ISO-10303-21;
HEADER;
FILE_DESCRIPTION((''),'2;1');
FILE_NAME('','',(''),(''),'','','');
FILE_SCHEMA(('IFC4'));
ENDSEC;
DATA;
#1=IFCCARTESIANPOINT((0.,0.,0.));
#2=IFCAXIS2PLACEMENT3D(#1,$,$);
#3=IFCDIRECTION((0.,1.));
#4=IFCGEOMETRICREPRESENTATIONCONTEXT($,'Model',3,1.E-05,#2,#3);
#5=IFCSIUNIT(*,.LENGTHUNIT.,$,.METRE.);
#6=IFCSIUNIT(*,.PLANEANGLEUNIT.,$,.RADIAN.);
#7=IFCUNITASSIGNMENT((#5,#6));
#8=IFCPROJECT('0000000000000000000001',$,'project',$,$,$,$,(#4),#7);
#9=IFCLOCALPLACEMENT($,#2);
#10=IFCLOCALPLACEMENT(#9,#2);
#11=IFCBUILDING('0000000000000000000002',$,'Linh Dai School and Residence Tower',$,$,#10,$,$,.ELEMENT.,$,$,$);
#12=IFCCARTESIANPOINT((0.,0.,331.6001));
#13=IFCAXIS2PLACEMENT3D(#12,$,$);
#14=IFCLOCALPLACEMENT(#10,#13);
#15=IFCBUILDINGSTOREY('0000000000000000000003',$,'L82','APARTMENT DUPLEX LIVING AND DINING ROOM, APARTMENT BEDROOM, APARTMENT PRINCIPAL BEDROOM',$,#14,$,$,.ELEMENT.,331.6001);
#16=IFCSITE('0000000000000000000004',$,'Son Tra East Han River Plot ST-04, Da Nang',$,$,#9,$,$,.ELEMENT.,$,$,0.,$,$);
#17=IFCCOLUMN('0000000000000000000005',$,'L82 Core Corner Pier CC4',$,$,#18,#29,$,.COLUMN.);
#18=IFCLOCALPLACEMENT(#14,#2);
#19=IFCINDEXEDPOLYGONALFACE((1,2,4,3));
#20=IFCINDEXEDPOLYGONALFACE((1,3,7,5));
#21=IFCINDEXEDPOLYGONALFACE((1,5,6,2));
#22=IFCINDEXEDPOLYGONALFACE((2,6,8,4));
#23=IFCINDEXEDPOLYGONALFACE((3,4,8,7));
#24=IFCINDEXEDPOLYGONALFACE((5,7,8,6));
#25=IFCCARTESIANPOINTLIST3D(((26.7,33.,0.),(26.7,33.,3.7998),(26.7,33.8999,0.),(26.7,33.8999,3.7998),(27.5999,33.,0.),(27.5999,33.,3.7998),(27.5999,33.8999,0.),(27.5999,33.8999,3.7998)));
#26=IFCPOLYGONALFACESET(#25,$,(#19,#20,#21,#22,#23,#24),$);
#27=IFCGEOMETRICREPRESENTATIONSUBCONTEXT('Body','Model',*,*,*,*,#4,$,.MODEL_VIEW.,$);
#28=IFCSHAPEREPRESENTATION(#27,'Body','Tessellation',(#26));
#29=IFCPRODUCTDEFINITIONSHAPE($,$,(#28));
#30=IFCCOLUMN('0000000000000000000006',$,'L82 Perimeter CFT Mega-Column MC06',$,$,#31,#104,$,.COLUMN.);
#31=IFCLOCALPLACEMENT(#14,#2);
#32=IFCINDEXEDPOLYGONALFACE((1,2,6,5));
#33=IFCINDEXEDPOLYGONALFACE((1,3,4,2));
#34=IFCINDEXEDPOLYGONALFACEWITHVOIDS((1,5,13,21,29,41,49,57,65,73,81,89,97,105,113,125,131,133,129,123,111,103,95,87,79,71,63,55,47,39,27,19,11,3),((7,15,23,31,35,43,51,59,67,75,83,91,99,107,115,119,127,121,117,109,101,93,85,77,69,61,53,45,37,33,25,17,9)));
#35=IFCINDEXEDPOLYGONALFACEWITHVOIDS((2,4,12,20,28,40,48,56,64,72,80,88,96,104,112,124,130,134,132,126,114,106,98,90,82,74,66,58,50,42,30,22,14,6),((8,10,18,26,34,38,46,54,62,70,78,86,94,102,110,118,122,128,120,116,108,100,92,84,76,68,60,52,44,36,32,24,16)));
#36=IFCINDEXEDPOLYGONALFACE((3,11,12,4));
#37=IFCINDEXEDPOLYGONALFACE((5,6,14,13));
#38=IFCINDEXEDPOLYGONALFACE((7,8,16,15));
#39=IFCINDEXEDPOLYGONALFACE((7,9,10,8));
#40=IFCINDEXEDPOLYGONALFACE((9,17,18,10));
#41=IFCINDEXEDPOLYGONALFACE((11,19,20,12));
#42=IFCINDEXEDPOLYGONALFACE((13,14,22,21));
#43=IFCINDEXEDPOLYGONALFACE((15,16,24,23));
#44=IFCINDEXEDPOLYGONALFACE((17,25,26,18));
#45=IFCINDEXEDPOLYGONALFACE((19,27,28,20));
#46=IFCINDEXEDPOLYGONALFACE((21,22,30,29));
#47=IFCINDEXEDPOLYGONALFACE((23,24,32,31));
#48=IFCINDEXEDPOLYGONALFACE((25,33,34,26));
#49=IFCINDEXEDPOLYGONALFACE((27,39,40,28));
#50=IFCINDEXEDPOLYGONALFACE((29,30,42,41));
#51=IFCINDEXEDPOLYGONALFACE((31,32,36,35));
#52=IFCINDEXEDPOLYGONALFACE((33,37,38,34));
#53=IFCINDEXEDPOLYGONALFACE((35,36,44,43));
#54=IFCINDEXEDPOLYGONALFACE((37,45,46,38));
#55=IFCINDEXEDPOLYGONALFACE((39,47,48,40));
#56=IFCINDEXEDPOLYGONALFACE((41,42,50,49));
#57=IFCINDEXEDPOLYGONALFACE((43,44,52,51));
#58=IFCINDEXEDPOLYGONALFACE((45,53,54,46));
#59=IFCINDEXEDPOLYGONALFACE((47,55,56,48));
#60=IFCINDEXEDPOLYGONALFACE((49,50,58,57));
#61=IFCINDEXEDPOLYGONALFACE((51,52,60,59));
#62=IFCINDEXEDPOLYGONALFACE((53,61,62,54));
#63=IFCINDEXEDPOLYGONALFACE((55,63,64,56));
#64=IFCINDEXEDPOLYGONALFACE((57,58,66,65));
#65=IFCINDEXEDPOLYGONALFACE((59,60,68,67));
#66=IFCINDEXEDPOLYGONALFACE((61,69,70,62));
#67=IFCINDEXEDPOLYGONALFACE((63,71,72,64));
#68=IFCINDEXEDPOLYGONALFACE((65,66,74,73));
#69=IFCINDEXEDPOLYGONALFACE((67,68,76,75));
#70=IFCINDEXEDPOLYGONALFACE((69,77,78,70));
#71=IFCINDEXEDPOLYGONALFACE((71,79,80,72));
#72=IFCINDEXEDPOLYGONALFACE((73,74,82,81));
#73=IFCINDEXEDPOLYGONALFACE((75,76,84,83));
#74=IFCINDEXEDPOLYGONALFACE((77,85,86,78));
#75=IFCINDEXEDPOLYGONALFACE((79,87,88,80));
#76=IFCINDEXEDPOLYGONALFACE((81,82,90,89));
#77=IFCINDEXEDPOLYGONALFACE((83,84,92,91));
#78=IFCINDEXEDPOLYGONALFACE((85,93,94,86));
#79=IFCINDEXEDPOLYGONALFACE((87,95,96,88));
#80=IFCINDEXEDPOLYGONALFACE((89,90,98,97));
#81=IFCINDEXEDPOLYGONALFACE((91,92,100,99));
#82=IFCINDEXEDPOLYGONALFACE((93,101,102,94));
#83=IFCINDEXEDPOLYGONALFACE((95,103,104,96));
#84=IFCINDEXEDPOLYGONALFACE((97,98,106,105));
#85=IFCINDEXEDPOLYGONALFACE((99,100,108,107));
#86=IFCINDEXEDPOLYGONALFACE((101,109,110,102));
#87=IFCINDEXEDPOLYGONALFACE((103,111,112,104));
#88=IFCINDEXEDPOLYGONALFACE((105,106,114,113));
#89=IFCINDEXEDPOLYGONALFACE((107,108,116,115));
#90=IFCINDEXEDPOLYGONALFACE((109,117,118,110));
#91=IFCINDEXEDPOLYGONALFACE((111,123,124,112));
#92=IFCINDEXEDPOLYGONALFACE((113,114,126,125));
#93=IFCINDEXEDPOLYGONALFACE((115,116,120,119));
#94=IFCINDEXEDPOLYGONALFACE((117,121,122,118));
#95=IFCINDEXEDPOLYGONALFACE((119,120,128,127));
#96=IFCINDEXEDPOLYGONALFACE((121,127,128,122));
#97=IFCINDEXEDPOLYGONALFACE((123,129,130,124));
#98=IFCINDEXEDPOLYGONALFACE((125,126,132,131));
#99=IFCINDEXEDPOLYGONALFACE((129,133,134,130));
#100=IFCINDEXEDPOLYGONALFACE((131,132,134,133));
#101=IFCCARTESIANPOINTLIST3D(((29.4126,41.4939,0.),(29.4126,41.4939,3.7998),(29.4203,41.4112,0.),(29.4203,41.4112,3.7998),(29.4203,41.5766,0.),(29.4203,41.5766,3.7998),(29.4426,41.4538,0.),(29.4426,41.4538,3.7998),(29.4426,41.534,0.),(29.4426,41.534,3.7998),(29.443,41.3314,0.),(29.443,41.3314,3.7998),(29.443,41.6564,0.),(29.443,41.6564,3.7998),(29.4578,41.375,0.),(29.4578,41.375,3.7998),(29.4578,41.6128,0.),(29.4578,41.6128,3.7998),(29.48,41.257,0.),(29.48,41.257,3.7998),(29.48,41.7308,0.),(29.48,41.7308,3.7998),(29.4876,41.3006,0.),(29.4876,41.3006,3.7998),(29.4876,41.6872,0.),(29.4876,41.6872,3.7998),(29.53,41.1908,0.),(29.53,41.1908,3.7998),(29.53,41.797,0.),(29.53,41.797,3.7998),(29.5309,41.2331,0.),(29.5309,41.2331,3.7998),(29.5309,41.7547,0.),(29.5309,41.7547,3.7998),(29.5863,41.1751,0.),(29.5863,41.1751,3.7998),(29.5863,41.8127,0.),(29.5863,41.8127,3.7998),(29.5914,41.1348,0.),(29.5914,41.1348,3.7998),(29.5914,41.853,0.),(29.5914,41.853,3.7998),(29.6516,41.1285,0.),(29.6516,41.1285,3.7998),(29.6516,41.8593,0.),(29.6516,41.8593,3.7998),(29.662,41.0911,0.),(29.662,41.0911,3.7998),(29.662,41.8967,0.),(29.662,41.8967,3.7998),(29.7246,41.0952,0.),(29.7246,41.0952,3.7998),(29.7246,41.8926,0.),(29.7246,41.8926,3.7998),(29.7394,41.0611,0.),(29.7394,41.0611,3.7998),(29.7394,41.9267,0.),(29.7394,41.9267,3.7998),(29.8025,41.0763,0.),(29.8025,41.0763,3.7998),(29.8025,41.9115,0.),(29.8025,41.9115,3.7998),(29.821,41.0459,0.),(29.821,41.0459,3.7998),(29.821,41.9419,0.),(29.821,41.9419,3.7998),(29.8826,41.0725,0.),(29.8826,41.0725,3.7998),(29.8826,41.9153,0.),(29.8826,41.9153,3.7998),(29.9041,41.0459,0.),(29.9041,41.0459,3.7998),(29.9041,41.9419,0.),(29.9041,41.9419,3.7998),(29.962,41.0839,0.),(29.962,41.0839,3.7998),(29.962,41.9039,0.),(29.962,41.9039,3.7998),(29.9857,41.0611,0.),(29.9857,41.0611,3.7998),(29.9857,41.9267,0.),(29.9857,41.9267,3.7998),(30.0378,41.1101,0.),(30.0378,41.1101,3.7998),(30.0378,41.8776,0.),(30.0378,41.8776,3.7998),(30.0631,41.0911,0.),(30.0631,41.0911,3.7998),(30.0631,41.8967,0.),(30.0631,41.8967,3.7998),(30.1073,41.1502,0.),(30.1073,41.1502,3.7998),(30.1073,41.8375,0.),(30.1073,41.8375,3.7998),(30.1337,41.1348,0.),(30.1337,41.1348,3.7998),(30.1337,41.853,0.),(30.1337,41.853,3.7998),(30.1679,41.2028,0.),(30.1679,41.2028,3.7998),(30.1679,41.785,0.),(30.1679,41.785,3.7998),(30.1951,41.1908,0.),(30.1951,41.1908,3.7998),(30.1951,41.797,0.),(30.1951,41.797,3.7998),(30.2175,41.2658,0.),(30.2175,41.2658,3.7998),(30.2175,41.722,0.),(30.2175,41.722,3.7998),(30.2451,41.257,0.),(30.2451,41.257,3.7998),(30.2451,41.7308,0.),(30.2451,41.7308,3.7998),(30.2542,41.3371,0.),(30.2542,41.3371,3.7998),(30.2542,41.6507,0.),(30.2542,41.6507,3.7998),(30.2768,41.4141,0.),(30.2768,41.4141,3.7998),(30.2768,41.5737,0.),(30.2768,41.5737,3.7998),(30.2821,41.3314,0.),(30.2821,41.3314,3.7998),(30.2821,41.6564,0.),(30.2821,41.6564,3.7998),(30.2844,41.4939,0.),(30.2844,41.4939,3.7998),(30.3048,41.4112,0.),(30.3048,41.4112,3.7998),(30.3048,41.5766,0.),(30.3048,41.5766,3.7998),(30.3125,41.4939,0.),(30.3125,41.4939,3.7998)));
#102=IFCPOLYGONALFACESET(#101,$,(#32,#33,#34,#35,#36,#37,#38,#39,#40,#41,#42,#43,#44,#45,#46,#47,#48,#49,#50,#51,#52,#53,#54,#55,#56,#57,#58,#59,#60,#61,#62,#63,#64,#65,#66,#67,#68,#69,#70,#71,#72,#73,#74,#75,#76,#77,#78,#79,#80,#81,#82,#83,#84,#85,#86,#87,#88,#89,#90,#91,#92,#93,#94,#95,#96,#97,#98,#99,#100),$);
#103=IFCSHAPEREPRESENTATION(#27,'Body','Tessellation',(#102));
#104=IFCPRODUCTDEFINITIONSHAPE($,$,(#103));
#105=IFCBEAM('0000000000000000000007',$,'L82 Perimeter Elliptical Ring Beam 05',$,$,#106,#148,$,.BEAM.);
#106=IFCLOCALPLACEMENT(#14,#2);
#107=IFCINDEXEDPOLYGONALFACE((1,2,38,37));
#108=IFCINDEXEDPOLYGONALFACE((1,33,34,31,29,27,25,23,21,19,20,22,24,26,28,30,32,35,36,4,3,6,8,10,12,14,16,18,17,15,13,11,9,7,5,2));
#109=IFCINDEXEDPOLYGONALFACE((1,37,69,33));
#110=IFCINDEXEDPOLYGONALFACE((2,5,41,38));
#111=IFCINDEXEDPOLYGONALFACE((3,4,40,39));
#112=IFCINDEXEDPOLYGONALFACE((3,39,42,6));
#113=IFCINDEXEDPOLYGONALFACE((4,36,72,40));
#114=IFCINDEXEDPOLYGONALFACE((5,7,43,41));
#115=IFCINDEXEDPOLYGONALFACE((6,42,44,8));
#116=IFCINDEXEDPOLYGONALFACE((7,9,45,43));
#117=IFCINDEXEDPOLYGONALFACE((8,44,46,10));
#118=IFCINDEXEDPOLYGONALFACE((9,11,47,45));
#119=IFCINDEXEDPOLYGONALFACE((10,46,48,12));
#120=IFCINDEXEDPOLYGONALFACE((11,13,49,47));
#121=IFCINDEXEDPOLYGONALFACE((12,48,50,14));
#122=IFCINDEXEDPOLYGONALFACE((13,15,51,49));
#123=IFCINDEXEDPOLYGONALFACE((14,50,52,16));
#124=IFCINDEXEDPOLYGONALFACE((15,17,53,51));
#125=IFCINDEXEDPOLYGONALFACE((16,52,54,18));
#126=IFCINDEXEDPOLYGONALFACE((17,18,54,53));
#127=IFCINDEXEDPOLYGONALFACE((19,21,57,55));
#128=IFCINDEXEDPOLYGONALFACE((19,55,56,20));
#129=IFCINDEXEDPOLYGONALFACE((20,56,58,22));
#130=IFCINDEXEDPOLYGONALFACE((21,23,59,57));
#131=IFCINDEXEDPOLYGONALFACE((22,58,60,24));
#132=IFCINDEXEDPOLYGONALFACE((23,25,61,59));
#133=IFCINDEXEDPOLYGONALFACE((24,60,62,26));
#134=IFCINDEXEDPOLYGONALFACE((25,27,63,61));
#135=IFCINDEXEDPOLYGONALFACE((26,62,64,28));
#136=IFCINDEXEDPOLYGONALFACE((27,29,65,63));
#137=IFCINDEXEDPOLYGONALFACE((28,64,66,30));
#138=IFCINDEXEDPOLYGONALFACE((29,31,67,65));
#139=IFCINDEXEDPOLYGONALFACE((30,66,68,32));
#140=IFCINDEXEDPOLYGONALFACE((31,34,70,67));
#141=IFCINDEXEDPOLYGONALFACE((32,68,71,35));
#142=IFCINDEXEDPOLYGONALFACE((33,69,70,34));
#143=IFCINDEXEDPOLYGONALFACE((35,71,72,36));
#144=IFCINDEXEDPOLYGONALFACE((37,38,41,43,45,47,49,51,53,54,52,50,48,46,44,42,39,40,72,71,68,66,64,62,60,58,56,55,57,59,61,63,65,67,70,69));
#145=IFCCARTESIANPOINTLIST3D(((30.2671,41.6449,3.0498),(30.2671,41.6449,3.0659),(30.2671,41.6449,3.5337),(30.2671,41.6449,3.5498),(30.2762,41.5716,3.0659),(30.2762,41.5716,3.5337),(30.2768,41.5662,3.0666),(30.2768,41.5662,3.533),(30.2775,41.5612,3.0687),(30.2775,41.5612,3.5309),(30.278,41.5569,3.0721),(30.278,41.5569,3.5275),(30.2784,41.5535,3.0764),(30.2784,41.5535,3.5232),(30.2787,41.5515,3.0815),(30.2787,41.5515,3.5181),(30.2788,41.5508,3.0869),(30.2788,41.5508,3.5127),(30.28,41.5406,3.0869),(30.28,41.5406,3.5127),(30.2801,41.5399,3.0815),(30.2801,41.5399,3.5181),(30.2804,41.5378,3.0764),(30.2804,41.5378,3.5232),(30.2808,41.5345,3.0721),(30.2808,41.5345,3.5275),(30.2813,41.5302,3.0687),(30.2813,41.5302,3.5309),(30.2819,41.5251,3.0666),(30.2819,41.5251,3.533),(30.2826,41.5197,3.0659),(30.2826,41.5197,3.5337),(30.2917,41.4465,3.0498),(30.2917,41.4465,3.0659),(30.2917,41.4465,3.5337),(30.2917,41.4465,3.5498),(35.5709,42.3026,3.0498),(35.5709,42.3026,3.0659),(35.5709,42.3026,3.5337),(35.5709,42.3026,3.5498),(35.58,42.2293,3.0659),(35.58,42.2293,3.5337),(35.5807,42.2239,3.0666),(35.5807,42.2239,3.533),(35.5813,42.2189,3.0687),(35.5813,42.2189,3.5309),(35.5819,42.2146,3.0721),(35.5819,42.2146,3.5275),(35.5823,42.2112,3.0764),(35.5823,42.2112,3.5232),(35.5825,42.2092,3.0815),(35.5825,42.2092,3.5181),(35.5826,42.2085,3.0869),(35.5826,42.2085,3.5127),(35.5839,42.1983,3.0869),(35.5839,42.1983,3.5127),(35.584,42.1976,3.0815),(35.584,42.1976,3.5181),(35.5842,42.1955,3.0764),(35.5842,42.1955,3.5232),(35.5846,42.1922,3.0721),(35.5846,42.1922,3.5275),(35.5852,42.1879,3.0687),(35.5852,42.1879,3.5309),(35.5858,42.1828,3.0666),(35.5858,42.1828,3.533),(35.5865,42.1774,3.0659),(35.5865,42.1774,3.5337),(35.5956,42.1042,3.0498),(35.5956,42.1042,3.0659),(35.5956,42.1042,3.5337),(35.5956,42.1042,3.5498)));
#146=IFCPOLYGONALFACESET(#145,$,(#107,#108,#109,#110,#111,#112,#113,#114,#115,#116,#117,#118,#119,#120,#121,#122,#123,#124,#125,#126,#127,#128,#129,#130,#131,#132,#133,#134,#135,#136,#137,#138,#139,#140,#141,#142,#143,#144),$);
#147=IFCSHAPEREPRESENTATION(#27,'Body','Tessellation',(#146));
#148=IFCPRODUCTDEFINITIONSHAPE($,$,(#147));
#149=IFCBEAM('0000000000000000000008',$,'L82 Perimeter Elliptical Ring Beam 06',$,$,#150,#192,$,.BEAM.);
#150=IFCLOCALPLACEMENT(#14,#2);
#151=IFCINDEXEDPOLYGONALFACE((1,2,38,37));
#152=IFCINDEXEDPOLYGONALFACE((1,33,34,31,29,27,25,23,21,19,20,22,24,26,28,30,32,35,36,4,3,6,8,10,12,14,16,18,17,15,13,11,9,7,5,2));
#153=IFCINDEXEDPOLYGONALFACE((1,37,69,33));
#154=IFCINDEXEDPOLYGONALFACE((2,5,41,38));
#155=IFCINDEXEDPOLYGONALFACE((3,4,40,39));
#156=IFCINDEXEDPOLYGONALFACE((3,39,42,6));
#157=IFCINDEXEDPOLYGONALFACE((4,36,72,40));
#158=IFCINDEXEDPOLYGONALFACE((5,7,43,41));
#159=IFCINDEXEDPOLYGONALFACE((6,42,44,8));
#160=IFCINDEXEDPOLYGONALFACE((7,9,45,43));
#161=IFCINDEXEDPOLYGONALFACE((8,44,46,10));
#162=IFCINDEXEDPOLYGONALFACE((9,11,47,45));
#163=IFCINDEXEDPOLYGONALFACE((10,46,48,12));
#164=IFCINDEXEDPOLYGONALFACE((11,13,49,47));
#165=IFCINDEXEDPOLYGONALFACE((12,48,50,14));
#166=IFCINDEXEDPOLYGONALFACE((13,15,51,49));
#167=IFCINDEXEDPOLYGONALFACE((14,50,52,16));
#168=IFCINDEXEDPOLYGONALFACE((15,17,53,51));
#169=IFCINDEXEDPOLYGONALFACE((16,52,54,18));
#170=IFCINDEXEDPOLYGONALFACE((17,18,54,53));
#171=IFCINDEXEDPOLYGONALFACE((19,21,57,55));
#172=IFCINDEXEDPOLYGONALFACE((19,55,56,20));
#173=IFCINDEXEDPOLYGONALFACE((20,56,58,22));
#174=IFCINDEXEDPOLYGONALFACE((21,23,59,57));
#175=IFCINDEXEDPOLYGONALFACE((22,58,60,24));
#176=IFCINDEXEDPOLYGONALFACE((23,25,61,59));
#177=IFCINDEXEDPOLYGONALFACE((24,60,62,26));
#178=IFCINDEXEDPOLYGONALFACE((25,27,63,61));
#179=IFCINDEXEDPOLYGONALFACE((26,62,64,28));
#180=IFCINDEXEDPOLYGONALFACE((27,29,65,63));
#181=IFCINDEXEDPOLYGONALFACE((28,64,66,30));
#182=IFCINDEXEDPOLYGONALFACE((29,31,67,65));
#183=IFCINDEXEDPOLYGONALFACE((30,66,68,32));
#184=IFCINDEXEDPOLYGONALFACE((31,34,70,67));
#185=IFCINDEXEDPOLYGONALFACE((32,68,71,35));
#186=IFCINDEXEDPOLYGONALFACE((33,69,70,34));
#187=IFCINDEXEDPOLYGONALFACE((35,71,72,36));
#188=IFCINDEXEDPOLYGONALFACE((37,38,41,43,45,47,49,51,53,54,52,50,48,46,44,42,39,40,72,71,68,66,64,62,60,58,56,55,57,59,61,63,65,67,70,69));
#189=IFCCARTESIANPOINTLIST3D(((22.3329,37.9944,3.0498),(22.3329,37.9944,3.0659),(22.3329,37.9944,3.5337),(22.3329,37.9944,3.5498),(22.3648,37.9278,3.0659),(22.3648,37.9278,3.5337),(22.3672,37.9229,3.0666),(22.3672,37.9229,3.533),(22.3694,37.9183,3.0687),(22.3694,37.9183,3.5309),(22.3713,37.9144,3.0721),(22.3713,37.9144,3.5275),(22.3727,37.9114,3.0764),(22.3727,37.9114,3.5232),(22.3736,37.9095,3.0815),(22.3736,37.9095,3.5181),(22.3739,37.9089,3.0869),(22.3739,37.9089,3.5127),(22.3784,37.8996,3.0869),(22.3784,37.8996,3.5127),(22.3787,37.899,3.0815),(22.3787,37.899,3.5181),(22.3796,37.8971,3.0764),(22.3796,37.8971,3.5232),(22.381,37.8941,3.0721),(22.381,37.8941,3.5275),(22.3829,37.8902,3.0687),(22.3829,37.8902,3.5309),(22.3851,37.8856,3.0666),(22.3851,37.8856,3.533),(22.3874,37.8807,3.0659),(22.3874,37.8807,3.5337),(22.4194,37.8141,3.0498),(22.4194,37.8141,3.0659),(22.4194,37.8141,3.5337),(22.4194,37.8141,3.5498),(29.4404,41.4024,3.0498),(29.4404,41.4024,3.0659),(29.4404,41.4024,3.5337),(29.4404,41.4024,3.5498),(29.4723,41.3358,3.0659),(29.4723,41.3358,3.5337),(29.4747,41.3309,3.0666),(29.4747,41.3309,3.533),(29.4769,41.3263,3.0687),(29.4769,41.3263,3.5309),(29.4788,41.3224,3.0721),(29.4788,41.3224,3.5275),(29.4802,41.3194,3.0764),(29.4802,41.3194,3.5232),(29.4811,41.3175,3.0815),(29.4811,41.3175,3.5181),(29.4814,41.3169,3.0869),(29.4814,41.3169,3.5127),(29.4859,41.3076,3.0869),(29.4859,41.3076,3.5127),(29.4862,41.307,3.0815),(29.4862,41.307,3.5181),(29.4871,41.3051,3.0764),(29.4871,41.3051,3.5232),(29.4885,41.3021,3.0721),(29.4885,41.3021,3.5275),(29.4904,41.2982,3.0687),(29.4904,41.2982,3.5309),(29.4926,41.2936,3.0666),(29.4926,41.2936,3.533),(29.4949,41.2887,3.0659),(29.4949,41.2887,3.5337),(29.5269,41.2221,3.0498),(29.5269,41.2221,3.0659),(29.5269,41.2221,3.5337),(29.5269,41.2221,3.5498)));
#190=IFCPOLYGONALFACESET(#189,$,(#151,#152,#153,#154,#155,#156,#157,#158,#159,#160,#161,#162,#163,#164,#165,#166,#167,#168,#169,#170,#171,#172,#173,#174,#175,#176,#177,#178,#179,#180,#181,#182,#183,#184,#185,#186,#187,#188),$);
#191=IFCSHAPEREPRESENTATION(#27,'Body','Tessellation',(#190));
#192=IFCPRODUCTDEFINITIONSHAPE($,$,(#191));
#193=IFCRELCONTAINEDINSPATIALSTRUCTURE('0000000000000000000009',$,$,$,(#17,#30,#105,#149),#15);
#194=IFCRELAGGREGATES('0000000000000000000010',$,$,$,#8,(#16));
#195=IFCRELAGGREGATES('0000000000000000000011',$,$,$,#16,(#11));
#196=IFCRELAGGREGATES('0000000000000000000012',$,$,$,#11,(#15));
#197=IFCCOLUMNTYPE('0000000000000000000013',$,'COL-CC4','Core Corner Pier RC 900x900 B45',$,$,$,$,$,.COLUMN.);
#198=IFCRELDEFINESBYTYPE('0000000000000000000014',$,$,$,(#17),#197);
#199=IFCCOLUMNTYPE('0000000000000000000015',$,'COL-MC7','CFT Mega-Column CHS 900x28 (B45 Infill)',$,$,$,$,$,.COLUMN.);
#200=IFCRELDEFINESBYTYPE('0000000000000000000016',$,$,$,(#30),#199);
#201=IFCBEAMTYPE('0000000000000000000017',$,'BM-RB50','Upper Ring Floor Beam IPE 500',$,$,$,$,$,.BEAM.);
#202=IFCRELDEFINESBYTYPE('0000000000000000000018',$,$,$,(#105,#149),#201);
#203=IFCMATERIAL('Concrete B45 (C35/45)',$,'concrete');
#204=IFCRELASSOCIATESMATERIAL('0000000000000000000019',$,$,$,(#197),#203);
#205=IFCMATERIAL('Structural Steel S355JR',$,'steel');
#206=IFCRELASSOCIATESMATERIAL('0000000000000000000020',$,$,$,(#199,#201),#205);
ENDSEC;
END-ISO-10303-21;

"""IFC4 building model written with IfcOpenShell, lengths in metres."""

from ifc_helpers import new_model, si_unit, direction, frame, origin, origin_2d, place, context, subcontext, project, spatial, rectangle, hollow_circle, i_section, extrude, material, material_profile, profile_set, type_object, element, save


model = new_model("IFC4")

# Units and contexts
model_context = context("Model", 3, precision=1e-05, world=origin(), true_north=direction((0.0, 1.0)))
body_context = subcontext(model_context, "Body", "Model", "MODEL_VIEW")
ifc_project = project(units=[si_unit("LENGTHUNIT", "METRE"), si_unit("PLANEANGLEUNIT", "RADIAN")], contexts=[model_context])

# Site, building, storey
site_placement = place(None, origin())
site = spatial("IfcSite", under=ifc_project, at=site_placement, Name="Son Tra East Han River Plot ST-04, Da Nang", CompositionType="ELEMENT", RefElevation=0.0)
building_placement = place(site_placement, origin())
building = spatial("IfcBuilding", under=site, at=building_placement, Name="Linh Dai School and Residence Tower", CompositionType="ELEMENT")
storey_placement = place(building_placement, frame((0.0, 0.0, 331.6001)))
storey = spatial("IfcBuildingStorey", under=building, at=storey_placement, Name="L82", Description="APARTMENT DUPLEX LIVING AND DINING ROOM, APARTMENT BEDROOM, APARTMENT PRINCIPAL BEDROOM", CompositionType="ELEMENT", Elevation=331.6001)

# Columns
ifc_material_1 = material(Name="Concrete B45 (C35/45)", Category="concrete")
ifc_material_profile_1 = material_profile(ifc_material_1, rectangle(XDim=0.8999, YDim=0.8999, at=origin_2d()), Name="RC 900x900")
ifc_profile_set_1 = profile_set([ifc_material_profile_1], Name="Concrete B45 (C35/45)")
column_type_1 = type_object("IfcColumnType", Name="COL-CC4", Description="Core Corner Pier RC 900x900 B45", PredefinedType="COLUMN", material=ifc_profile_set_1)
column_1_placement = place(storey_placement, frame((27.1499, 33.45, 0.0), z_axis=(0.0, 0.0, 1.0), x_axis=(1.0, 0.0, 0.0)))
element("IfcColumn", 1, at=column_1_placement, inside=storey, type_object=column_type_1, Name="L82 Core Corner Pier CC4", PredefinedType="COLUMN", context=body_context, shape_type="SweptSolid", body=[
    extrude(rectangle(XDim=0.8999, YDim=0.8999, at=origin_2d()), origin(), (0.0, 0.0, 1.0), 3.7998),
])
ifc_material_2 = material(Name="Structural Steel S355JR", Category="steel")
ifc_material_profile_2 = material_profile(ifc_material_2, hollow_circle(Radius=0.45, WallThickness=0.0281, at=origin_2d()), Name="CHS 900x28")
ifc_profile_set_2 = profile_set([ifc_material_profile_2], Name="Structural Steel S355JR")
column_type_2 = type_object("IfcColumnType", Name="COL-MC7", Description="CFT Mega-Column CHS 900x28 (B45 Infill)", PredefinedType="COLUMN", material=ifc_profile_set_2)
column_2_placement = place(storey_placement, frame((29.8625, 41.4939, 0.0), z_axis=(0.0, 0.0, 1.0), x_axis=(1.0, 0.0, 0.0)))
element("IfcColumn", 2, at=column_2_placement, inside=storey, type_object=column_type_2, Name="L82 Perimeter CFT Mega-Column MC06", PredefinedType="COLUMN", context=body_context, shape_type="SweptSolid", body=[
    extrude(hollow_circle(Radius=0.45, WallThickness=0.0281, at=origin_2d()), origin(), (0.0, 0.0, 1.0), 3.7998),
])

# Beams
ifc_material_profile_3 = material_profile(ifc_material_2, i_section(OverallWidth=0.2, OverallDepth=0.5, WebThickness=0.0103, FlangeThickness=0.0161, FilletRadius=0.021, at=origin_2d()), Name="IPE 500")
ifc_profile_set_3 = profile_set([ifc_material_profile_3], Name="Structural Steel S355JR")
beam_type_1 = type_object("IfcBeamType", Name="BM-RB50", Description="Upper Ring Floor Beam IPE 500", PredefinedType="BEAM", material=ifc_profile_set_3)
beam_1_placement = place(storey_placement, frame((35.5833, 42.2034, 3.2998), z_axis=(-0.992399, -0.123062, 0.0), x_axis=(0.123062, -0.992399, 0.0)))
element("IfcBeam", 3, at=beam_1_placement, inside=storey, type_object=beam_type_1, Name="L82 Perimeter Elliptical Ring Beam 05", PredefinedType="BEAM", context=body_context, shape_type="SweptSolid", body=[
    extrude(i_section(OverallWidth=0.2, OverallDepth=0.5, WebThickness=0.0103, FlangeThickness=0.0161, FilletRadius=0.021, at=origin_2d()), origin(), (0.0, 0.0, 1.0), 5.3445),
])
beam_2_placement = place(storey_placement, frame((29.4836, 41.3123, 3.2998), z_axis=(-0.901701, -0.432359, 0.0), x_axis=(0.432359, -0.901701, 0.0)))
element("IfcBeam", 4, at=beam_2_placement, inside=storey, type_object=beam_type_1, Name="L82 Perimeter Elliptical Ring Beam 06", PredefinedType="BEAM", context=body_context, shape_type="SweptSolid", body=[
    extrude(i_section(OverallWidth=0.2, OverallDepth=0.5, WebThickness=0.0103, FlangeThickness=0.0161, FilletRadius=0.021, at=origin_2d()), origin(), (0.0, 0.0, 1.0), 7.8823),
])

save(model, "model.ifc")
